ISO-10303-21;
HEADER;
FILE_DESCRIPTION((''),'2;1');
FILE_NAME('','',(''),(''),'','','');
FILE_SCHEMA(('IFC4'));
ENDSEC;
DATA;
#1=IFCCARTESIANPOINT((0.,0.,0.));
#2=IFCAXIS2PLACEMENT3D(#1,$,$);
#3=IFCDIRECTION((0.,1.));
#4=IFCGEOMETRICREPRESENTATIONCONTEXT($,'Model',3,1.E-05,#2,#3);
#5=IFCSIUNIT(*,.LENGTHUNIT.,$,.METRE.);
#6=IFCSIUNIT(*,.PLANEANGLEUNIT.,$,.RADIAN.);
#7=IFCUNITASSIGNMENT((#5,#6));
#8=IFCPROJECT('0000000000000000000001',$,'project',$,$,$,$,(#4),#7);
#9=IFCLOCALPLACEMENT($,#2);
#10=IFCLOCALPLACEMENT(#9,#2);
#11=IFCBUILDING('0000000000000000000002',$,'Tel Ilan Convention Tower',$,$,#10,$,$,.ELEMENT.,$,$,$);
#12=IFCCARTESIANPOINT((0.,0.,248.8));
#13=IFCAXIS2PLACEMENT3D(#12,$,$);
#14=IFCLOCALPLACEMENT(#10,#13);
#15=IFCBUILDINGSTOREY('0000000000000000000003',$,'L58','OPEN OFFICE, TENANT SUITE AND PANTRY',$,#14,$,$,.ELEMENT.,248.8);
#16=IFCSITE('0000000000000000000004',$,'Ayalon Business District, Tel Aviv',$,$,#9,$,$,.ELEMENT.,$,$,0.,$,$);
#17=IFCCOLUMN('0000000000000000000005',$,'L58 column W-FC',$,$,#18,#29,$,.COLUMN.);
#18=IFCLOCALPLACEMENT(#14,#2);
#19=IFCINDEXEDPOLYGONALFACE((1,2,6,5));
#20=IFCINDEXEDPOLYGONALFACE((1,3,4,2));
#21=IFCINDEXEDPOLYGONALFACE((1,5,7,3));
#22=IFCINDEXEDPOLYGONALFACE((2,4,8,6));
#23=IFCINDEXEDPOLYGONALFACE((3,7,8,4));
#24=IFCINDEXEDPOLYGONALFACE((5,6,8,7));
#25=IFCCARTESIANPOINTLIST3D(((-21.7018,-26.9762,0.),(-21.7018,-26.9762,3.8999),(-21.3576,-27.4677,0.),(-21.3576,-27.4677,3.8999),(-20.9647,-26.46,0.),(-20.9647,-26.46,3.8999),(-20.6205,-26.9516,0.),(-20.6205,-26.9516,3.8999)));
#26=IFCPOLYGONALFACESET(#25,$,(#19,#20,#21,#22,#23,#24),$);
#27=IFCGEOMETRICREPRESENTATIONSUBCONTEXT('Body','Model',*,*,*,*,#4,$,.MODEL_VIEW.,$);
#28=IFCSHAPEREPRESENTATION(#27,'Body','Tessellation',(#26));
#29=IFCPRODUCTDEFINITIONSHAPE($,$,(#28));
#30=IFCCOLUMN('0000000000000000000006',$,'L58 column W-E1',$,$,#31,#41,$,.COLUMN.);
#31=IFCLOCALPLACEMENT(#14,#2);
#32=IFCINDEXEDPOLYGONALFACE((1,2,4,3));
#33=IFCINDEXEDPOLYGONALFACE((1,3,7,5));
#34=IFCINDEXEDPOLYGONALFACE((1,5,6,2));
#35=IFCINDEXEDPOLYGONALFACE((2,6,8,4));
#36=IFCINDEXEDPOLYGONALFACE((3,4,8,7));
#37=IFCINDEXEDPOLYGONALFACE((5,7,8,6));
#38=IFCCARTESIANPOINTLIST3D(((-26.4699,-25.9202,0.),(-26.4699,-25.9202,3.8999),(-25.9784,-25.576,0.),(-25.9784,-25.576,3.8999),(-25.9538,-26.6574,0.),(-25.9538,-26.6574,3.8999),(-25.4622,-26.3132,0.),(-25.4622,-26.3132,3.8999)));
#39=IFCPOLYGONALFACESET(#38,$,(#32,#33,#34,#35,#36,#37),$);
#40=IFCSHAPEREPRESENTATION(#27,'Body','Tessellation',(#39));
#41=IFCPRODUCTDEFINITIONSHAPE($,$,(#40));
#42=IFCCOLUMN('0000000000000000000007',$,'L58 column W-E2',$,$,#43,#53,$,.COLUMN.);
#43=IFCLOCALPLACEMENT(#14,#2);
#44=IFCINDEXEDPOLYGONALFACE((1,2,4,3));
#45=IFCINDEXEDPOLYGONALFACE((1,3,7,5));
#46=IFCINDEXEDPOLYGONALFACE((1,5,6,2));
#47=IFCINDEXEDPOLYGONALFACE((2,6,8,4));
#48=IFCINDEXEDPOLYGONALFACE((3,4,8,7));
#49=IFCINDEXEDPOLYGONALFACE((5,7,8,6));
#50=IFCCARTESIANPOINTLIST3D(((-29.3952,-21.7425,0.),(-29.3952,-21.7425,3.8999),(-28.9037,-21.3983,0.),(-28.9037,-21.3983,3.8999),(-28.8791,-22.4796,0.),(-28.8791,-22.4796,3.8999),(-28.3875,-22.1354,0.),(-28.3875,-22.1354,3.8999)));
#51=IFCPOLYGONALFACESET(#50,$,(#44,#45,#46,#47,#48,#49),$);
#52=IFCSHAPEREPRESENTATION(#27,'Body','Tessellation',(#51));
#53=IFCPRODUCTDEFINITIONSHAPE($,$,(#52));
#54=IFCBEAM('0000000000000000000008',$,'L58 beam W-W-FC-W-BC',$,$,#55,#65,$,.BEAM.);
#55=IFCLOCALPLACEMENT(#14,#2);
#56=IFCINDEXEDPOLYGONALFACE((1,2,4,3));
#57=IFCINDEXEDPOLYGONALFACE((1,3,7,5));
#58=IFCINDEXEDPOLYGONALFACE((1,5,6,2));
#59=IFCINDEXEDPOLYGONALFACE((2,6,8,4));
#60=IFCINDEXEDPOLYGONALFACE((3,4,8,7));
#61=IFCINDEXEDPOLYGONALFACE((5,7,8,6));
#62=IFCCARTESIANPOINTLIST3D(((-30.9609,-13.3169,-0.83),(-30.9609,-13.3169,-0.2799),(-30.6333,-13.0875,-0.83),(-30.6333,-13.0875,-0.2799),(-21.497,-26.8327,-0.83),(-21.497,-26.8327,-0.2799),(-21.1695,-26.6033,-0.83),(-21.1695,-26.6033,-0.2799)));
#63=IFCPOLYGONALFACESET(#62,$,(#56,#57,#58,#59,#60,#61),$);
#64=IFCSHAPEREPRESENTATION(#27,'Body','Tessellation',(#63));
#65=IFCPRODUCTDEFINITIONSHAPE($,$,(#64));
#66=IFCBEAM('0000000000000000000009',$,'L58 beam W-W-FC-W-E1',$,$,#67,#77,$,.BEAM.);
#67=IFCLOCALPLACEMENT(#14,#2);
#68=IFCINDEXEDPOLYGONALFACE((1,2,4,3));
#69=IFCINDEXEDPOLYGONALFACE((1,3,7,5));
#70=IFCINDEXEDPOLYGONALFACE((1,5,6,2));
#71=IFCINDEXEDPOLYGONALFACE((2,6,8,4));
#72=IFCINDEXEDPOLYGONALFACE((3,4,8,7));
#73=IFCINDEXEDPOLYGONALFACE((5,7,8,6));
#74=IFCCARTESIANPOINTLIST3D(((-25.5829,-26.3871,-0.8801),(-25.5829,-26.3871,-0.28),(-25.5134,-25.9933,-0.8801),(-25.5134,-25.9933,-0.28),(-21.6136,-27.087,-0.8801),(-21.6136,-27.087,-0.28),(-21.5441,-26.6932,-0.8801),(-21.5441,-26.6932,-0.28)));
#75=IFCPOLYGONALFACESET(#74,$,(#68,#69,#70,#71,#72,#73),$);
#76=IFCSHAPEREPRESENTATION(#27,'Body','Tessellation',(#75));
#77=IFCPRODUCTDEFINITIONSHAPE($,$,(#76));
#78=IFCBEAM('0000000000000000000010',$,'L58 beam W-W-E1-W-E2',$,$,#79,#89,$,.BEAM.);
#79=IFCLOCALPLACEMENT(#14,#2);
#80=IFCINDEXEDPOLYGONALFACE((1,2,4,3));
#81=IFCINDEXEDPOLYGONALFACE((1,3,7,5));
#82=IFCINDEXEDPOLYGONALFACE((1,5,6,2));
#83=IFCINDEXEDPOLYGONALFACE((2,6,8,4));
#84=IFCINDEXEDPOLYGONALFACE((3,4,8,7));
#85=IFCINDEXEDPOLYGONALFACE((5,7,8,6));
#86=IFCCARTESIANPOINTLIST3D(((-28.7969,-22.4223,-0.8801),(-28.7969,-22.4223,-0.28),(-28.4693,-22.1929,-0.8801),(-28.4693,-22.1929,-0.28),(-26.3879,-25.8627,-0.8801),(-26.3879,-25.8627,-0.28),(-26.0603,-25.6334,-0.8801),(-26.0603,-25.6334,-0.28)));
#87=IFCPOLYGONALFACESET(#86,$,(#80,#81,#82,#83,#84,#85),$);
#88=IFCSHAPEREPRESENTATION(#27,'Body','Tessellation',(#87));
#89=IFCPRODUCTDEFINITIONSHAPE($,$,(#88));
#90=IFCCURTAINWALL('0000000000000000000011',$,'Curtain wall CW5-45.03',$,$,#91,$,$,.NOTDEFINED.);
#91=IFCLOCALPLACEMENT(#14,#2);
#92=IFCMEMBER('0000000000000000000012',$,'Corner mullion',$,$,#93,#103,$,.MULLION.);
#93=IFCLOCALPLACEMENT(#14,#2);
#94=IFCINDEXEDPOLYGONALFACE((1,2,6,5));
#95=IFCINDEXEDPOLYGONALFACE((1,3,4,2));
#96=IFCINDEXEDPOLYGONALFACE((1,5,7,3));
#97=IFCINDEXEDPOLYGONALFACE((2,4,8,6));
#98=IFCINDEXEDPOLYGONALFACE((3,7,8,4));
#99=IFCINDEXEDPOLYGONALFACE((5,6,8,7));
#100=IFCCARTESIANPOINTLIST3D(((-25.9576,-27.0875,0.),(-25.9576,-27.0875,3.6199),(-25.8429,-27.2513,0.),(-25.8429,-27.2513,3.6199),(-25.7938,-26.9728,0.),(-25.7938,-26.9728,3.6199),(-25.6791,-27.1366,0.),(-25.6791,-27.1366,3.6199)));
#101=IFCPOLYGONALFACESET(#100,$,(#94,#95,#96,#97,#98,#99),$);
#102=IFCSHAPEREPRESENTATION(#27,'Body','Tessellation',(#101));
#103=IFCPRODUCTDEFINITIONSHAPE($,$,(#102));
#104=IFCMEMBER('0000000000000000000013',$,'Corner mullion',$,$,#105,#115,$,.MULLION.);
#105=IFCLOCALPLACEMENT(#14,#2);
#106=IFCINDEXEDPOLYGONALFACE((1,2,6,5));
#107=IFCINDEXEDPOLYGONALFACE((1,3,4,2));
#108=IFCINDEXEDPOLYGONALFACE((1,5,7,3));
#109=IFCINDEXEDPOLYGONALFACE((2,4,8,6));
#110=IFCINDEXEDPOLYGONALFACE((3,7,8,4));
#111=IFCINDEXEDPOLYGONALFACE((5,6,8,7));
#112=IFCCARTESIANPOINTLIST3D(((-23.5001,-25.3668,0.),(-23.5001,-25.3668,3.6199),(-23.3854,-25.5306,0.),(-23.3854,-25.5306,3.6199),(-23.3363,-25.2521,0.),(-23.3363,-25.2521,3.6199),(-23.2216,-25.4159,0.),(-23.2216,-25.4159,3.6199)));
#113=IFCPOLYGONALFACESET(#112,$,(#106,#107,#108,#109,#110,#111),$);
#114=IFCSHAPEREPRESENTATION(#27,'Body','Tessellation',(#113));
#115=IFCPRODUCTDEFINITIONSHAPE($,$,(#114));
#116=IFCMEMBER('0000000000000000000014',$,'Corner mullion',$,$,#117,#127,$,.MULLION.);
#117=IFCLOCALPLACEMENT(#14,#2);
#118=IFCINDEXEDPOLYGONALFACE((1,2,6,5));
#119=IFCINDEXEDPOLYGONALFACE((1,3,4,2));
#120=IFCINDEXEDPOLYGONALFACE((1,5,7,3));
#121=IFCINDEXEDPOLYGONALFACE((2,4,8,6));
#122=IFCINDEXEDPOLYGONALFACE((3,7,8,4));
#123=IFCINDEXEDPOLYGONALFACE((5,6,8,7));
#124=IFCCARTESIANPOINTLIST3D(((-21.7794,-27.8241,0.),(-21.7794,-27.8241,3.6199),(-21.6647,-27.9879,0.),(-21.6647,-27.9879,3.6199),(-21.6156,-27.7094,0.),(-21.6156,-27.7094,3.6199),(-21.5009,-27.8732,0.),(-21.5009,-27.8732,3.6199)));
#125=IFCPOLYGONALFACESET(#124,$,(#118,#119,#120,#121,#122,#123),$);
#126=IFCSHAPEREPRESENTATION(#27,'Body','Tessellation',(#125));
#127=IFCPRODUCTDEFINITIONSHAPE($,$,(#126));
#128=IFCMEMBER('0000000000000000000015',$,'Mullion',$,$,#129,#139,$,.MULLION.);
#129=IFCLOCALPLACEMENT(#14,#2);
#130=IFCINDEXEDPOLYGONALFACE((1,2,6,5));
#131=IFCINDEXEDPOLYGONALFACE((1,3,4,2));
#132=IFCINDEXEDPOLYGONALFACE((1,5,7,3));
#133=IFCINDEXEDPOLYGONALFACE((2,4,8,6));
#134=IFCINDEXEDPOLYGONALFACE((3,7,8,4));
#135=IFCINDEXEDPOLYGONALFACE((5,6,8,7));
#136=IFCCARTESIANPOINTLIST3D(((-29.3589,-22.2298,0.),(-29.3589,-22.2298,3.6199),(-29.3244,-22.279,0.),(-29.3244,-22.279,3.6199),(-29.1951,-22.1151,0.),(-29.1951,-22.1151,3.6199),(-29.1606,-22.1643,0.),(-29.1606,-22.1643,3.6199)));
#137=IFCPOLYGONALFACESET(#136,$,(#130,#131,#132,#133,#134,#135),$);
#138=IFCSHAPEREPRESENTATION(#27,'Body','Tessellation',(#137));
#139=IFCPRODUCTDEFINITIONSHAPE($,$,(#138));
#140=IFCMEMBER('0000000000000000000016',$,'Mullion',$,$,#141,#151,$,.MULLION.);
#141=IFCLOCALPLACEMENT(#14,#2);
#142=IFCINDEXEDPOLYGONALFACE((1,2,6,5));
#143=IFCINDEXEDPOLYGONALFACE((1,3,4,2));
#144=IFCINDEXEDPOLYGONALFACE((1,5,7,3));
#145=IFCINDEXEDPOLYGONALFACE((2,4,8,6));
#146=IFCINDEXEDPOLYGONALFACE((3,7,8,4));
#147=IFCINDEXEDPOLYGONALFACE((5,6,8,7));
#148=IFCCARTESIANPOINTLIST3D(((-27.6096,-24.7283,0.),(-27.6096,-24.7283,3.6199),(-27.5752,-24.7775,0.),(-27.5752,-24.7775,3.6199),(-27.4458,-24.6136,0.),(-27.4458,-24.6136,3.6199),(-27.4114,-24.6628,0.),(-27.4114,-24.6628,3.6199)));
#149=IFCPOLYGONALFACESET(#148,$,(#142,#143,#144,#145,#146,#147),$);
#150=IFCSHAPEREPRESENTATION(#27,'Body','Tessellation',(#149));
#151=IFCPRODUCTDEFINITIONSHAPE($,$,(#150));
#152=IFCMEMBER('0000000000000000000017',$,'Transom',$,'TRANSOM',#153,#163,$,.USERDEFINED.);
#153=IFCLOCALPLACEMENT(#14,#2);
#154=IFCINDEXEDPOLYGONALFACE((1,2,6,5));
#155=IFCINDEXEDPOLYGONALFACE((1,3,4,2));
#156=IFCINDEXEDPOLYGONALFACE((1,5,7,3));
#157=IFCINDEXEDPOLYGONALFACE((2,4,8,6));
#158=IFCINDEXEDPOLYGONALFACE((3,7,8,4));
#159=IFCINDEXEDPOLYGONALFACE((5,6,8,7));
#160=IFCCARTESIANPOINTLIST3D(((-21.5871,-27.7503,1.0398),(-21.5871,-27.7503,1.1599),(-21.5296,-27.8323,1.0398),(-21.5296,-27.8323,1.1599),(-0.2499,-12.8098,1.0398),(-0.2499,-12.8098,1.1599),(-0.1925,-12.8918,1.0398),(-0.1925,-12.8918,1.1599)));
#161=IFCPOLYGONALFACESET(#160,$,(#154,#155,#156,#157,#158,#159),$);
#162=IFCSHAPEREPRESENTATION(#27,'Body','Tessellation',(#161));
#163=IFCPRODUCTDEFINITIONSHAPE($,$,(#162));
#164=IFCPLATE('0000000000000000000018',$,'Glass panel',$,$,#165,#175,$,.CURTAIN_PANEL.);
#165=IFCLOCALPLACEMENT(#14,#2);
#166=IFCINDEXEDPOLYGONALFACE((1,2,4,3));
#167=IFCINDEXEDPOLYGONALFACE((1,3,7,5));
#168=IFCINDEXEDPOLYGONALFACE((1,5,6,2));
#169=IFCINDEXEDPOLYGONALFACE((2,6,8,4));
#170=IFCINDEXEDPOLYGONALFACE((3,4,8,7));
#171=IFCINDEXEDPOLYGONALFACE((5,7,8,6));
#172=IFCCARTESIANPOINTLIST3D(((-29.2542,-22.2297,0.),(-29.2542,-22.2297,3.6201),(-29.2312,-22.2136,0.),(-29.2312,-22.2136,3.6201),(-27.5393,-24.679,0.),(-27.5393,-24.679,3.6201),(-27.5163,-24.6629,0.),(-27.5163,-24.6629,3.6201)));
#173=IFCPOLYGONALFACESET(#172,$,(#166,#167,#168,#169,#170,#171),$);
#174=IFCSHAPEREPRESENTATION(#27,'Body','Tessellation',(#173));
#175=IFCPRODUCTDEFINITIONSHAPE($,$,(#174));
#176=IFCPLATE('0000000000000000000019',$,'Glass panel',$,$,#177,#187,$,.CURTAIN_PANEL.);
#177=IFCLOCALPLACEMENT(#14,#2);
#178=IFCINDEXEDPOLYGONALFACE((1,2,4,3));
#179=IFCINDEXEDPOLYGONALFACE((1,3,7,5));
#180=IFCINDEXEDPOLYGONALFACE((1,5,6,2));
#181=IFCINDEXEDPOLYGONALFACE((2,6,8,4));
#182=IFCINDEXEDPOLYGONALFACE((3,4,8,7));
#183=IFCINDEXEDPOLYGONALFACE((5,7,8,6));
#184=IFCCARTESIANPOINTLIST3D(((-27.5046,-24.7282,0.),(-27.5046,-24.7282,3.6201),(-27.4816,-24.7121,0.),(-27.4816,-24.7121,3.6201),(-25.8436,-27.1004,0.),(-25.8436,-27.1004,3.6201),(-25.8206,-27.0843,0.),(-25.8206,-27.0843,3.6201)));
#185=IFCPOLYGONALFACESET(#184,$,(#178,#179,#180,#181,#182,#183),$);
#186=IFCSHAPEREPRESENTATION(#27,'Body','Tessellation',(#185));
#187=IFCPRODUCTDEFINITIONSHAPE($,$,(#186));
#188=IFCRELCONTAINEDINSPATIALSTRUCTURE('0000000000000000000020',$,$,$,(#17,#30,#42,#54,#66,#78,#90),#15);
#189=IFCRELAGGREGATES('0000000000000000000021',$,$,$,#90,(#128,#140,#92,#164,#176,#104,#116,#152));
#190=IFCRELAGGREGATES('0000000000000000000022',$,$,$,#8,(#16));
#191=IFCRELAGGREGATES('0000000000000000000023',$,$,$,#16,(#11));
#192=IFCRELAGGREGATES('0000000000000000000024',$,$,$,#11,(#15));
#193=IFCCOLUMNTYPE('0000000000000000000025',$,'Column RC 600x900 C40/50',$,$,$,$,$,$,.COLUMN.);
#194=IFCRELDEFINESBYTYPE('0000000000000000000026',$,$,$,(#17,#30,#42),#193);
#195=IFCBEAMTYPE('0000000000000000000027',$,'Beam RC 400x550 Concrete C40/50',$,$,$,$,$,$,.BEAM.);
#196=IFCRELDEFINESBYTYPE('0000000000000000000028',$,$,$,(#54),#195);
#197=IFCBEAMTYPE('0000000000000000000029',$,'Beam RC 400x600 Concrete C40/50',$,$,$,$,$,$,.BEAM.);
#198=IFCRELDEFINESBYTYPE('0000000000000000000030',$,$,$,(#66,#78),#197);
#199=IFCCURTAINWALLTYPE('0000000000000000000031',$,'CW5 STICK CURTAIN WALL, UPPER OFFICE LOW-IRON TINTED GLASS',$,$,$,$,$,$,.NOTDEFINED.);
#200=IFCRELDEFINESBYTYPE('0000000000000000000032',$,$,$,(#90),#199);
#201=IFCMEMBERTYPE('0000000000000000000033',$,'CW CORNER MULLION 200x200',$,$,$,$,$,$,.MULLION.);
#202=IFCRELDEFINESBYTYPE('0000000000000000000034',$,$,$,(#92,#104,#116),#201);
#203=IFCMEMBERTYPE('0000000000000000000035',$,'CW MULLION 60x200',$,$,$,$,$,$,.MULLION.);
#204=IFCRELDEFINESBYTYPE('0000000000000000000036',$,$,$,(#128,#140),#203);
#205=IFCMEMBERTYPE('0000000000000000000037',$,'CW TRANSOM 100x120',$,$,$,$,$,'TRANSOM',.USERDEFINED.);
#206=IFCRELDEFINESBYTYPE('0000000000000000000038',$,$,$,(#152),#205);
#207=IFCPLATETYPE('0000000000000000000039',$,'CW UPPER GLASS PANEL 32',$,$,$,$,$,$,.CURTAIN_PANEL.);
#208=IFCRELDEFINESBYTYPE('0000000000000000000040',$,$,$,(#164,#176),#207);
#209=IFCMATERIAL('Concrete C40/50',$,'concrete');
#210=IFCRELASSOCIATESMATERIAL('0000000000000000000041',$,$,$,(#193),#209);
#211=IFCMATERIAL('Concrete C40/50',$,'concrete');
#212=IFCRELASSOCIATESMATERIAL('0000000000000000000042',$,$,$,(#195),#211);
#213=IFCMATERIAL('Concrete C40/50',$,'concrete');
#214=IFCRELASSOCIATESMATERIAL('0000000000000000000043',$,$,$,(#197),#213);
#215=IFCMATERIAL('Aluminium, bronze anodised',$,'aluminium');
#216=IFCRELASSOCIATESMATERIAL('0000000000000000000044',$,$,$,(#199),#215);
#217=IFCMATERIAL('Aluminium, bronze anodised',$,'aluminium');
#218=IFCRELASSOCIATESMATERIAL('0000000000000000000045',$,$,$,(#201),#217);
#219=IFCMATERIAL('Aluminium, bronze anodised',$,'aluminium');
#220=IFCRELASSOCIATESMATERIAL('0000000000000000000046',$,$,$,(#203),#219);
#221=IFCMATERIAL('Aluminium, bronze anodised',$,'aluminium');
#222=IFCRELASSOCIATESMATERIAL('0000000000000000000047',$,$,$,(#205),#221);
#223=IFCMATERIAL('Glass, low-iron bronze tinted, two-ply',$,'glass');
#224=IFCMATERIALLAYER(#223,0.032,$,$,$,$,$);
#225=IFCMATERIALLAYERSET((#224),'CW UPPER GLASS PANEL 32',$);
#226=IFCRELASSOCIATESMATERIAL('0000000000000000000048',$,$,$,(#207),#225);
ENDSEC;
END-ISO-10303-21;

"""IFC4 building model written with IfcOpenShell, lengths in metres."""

from ifc_helpers import new_model, si_unit, direction, frame, origin, origin_2d, place, context, subcontext, project, spatial, rectangle, extrude, material, layer, layer_set, material_profile, profile_set, type_object, element, aggregate, save


model = new_model("IFC4")

# Units and contexts
model_context = context("Model", 3, precision=1e-05, world=origin(), true_north=direction((0.0, 1.0)))
body_context = subcontext(model_context, "Body", "Model", "MODEL_VIEW")
ifc_project = project(units=[si_unit("LENGTHUNIT", "METRE"), si_unit("PLANEANGLEUNIT", "RADIAN")], contexts=[model_context])

# Site, building, storey
site_placement = place(None, origin())
site = spatial("IfcSite", under=ifc_project, at=site_placement, Name="Ayalon Business District, Tel Aviv", CompositionType="ELEMENT", RefElevation=0.0)
building_placement = place(site_placement, origin())
building = spatial("IfcBuilding", under=site, at=building_placement, Name="Tel Ilan Convention Tower", CompositionType="ELEMENT")
storey_placement = place(building_placement, frame((0.0, 0.0, 248.8)))
storey = spatial("IfcBuildingStorey", under=building, at=storey_placement, Name="L58", Description="OPEN OFFICE, TENANT SUITE AND PANTRY", CompositionType="ELEMENT", Elevation=248.8)

# Columns
ifc_material_1 = material(Name="Concrete C40/50", Category="concrete")
ifc_material_profile_1 = material_profile(ifc_material_1, rectangle(XDim=0.8999, YDim=0.6001, at=origin_2d()), Name="RC 600x900")
ifc_profile_set_1 = profile_set([ifc_material_profile_1], Name="Concrete C40/50")
column_type = type_object("IfcColumnType", Name="Column RC 600x900 C40/50", PredefinedType="COLUMN", material=ifc_profile_set_1)
for number, where, z_axis, x_axis, name in (
    (1, (-21.1611, -26.9639, 0.0), (0.0, 0.0, 1.0), (-0.819152, -0.573576, 0.0), "L58 column W-FC"),
    (2, (-25.9661, -26.1167, 0.0), (0.0, 0.0, 1.0), (-0.573576, 0.819152, 0.0), "L58 column W-E1"),
    (3, (-28.8914, -21.939, 0.0), (0.0, 0.0, 1.0), (-0.573576, 0.819152, 0.0), "L58 column W-E2"),
):
    element("IfcColumn", number, at=place(storey_placement, frame(where, z_axis=z_axis, x_axis=x_axis)), inside=storey, type_object=column_type, Name=name, PredefinedType="COLUMN", context=body_context, shape_type="SweptSolid", body=[
        extrude(rectangle(XDim=0.8999, YDim=0.6001, at=origin_2d()), origin(), (0.0, 0.0, 1.0), 3.8999),
    ])

# Beams
ifc_material_2 = material(Name="Concrete C40/50", Category="concrete")
ifc_material_profile_2 = material_profile(ifc_material_2, rectangle(XDim=0.3999, YDim=0.55, at=origin_2d()), Name="RC 400x550")
ifc_profile_set_2 = profile_set([ifc_material_profile_2], Name="Concrete C40/50")
beam_type_1 = type_object("IfcBeamType", Name="Beam RC 400x550 Concrete C40/50", PredefinedType="BEAM", material=ifc_profile_set_2)
beam_1_placement = place(storey_placement, frame((-21.3333, -26.718, -0.5549), z_axis=(-0.573575, 0.819153, 0.0), x_axis=(-0.819153, -0.573575, 0.0)))
element("IfcBeam", 4, at=beam_1_placement, inside=storey, type_object=beam_type_1, Name="L58 beam W-W-FC-W-BC", PredefinedType="BEAM", context=body_context, shape_type="SweptSolid", body=[
    extrude(rectangle(XDim=0.3999, YDim=0.55, at=origin_2d()), origin(), (0.0, 0.0, 1.0), 16.4998),
])
ifc_material_3 = material(Name="Concrete C40/50", Category="concrete")
ifc_material_profile_3 = material_profile(ifc_material_3, rectangle(XDim=0.3999, YDim=0.6001, at=origin_2d()), Name="RC 400x600")
ifc_profile_set_3 = profile_set([ifc_material_profile_3], Name="Concrete C40/50")
beam_type_2 = type_object("IfcBeamType", Name="Beam RC 400x600 Concrete C40/50", PredefinedType="BEAM", material=ifc_profile_set_3)
beam_2_placement = place(storey_placement, frame((-21.5789, -26.8901, -0.5801), z_axis=(-0.984805, 0.173664, 0.0), x_axis=(-0.173664, -0.984805, 0.0)))
element("IfcBeam", 5, at=beam_2_placement, inside=storey, type_object=beam_type_2, Name="L58 beam W-W-FC-W-E1", PredefinedType="BEAM", context=body_context, shape_type="SweptSolid", body=[
    extrude(rectangle(XDim=0.3999, YDim=0.6001, at=origin_2d()), origin(), (0.0, 0.0, 1.0), 4.0305),
])
beam_3_placement = place(storey_placement, frame((-26.2241, -25.748, -0.5801), z_axis=(-0.573564, 0.819161, 0.0), x_axis=(-0.819161, -0.573564, 0.0)))
element("IfcBeam", 6, at=beam_3_placement, inside=storey, type_object=beam_type_2, Name="L58 beam W-W-E1-W-E2", PredefinedType="BEAM", context=body_context, shape_type="SweptSolid", body=[
    extrude(rectangle(XDim=0.3999, YDim=0.6001, at=origin_2d()), origin(), (0.0, 0.0, 1.0), 4.2),
])

# Curtain wall, members, plates
ifc_material_4 = material(Name="Aluminium, bronze anodised", Category="aluminium")
curtain_wall_type = type_object("IfcCurtainWallType", Name="CW5 STICK CURTAIN WALL, UPPER OFFICE LOW-IRON TINTED GLASS", PredefinedType="NOTDEFINED", material=ifc_material_4)
curtain_wall_placement = place(storey_placement, origin())
curtain_wall = element("IfcCurtainWall", 7, at=curtain_wall_placement, inside=storey, type_object=curtain_wall_type, Name="Curtain wall CW5-45.03", PredefinedType="NOTDEFINED")
ifc_material_5 = material(Name="Aluminium, bronze anodised", Category="aluminium")
ifc_material_profile_4 = material_profile(ifc_material_5, rectangle(XDim=0.2, YDim=0.2, at=origin_2d()), Name="CW CORNER MULLION 200x200")
ifc_profile_set_4 = profile_set([ifc_material_profile_4], Name="Aluminium, bronze anodised")
member_type_1 = type_object("IfcMemberType", Name="CW CORNER MULLION 200x200", PredefinedType="MULLION", material=ifc_profile_set_4)
member_1_placement = place(storey_placement, frame((-25.8184, -27.1121, 0.0), z_axis=(0.0, 0.0, 1.0), x_axis=(0.573576, -0.819152, 0.0)))
member_1 = element("IfcMember", 8, at=member_1_placement, type_object=member_type_1, Name="Corner mullion", PredefinedType="MULLION", context=body_context, shape_type="SweptSolid", body=[
    extrude(rectangle(XDim=0.2, YDim=0.2, at=origin_2d()), origin(), (0.0, 0.0, 1.0), 3.6199),
])
member_2_placement = place(storey_placement, frame((-23.3608, -25.3914, 0.0), z_axis=(0.0, 0.0, 1.0), x_axis=(0.819152, 0.573576, 0.0)))
member_2 = element("IfcMember", 9, at=member_2_placement, type_object=member_type_1, Name="Corner mullion", PredefinedType="MULLION", context=body_context, shape_type="SweptSolid", body=[
    extrude(rectangle(XDim=0.2, YDim=0.2, at=origin_2d()), origin(), (0.0, 0.0, 1.0), 3.6199),
])
member_3_placement = place(storey_placement, frame((-21.6401, -27.8486, 0.0), z_axis=(0.0, 0.0, 1.0), x_axis=(0.573576, -0.819152, 0.0)))
member_3 = element("IfcMember", 10, at=member_3_placement, type_object=member_type_1, Name="Corner mullion", PredefinedType="MULLION", context=body_context, shape_type="SweptSolid", body=[
    extrude(rectangle(XDim=0.2, YDim=0.2, at=origin_2d()), origin(), (0.0, 0.0, 1.0), 3.6199),
])
ifc_material_6 = material(Name="Aluminium, bronze anodised", Category="aluminium")
ifc_material_profile_5 = material_profile(ifc_material_6, rectangle(XDim=0.0601, YDim=0.2, at=origin_2d()), Name="CW MULLION 60x200")
ifc_profile_set_5 = profile_set([ifc_material_profile_5], Name="Aluminium, bronze anodised")
member_type_2 = type_object("IfcMemberType", Name="CW MULLION 60x200", PredefinedType="MULLION", material=ifc_profile_set_5)
member_4_placement = place(storey_placement, frame((-29.2598, -22.197, 0.0), z_axis=(0.0, 0.0, 1.0), x_axis=(0.573576, -0.819152, 0.0)))
member_4 = element("IfcMember", 11, at=member_4_placement, type_object=member_type_2, Name="Mullion", PredefinedType="MULLION", context=body_context, shape_type="SweptSolid", body=[
    extrude(rectangle(XDim=0.0601, YDim=0.2, at=origin_2d()), origin(), (0.0, 0.0, 1.0), 3.6199),
])
member_5_placement = place(storey_placement, frame((-27.5105, -24.6956, 0.0), z_axis=(0.0, 0.0, 1.0), x_axis=(0.573576, -0.819152, 0.0)))
member_5 = element("IfcMember", 12, at=member_5_placement, type_object=member_type_2, Name="Mullion", PredefinedType="MULLION", context=body_context, shape_type="SweptSolid", body=[
    extrude(rectangle(XDim=0.0601, YDim=0.2, at=origin_2d()), origin(), (0.0, 0.0, 1.0), 3.6199),
])
ifc_material_7 = material(Name="Aluminium, bronze anodised", Category="aluminium")
ifc_material_profile_6 = material_profile(ifc_material_7, rectangle(XDim=0.1001, YDim=0.1201, at=origin_2d()), Name="CW TRANSOM 100x120")
ifc_profile_set_6 = profile_set([ifc_material_profile_6], Name="Aluminium, bronze anodised")
member_type_3 = type_object("IfcMemberType", Name="CW TRANSOM 100x120", ElementType="TRANSOM", PredefinedType="USERDEFINED", material=ifc_profile_set_6)
member_6_placement = place(storey_placement, frame((-21.5583, -27.7913, 1.0999), z_axis=(0.819152, 0.573576, 0.0), x_axis=(-0.573576, 0.819152, 0.0)))
member_6 = element("IfcMember", 13, at=member_6_placement, type_object=member_type_3, Name="Transom", ObjectType="TRANSOM", PredefinedType="USERDEFINED", context=body_context, shape_type="SweptSolid", body=[
    extrude(rectangle(XDim=0.1001, YDim=0.1201, at=origin_2d()), origin(), (0.0, 0.0, 1.0), 26.0479),
])
ifc_material_8 = material(Name="Glass, low-iron bronze tinted, two-ply", Category="glass")
ifc_layer_1 = layer(ifc_material_8, 0.032)
ifc_layer_set_1 = layer_set([ifc_layer_1], Name="CW UPPER GLASS PANEL 32")
plate_type = type_object("IfcPlateType", Name="CW UPPER GLASS PANEL 32", PredefinedType="CURTAIN_PANEL", material=ifc_layer_set_1)
plate_1_placement = place(storey_placement, frame((-28.3853, -23.4463, 0.0), z_axis=(0.0, 0.0, 1.0), x_axis=(0.573576, -0.819152, 0.0)))
plate_1 = element("IfcPlate", 14, at=plate_1_placement, type_object=plate_type, Name="Glass panel", PredefinedType="CURTAIN_PANEL", context=body_context, shape_type="SweptSolid", body=[
    extrude(rectangle(XDim=2.99, YDim=0.0281, at=origin_2d()), origin(), (0.0, 0.0, 1.0), 3.6201),
])
plate_2_placement = place(storey_placement, frame((-26.6626, -25.9062, 0.0), z_axis=(0.0, 0.0, 1.0), x_axis=(0.573576, -0.819152, 0.0)))
plate_2 = element("IfcPlate", 15, at=plate_2_placement, type_object=plate_type, Name="Glass panel", PredefinedType="CURTAIN_PANEL", context=body_context, shape_type="SweptSolid", body=[
    extrude(rectangle(XDim=2.896, YDim=0.0281, at=origin_2d()), origin(), (0.0, 0.0, 1.0), 3.6201),
])
aggregate(curtain_wall, [member_4, member_5, member_1, plate_1, plate_2, member_2, member_3, member_6])

save(model, "model.ifc")
